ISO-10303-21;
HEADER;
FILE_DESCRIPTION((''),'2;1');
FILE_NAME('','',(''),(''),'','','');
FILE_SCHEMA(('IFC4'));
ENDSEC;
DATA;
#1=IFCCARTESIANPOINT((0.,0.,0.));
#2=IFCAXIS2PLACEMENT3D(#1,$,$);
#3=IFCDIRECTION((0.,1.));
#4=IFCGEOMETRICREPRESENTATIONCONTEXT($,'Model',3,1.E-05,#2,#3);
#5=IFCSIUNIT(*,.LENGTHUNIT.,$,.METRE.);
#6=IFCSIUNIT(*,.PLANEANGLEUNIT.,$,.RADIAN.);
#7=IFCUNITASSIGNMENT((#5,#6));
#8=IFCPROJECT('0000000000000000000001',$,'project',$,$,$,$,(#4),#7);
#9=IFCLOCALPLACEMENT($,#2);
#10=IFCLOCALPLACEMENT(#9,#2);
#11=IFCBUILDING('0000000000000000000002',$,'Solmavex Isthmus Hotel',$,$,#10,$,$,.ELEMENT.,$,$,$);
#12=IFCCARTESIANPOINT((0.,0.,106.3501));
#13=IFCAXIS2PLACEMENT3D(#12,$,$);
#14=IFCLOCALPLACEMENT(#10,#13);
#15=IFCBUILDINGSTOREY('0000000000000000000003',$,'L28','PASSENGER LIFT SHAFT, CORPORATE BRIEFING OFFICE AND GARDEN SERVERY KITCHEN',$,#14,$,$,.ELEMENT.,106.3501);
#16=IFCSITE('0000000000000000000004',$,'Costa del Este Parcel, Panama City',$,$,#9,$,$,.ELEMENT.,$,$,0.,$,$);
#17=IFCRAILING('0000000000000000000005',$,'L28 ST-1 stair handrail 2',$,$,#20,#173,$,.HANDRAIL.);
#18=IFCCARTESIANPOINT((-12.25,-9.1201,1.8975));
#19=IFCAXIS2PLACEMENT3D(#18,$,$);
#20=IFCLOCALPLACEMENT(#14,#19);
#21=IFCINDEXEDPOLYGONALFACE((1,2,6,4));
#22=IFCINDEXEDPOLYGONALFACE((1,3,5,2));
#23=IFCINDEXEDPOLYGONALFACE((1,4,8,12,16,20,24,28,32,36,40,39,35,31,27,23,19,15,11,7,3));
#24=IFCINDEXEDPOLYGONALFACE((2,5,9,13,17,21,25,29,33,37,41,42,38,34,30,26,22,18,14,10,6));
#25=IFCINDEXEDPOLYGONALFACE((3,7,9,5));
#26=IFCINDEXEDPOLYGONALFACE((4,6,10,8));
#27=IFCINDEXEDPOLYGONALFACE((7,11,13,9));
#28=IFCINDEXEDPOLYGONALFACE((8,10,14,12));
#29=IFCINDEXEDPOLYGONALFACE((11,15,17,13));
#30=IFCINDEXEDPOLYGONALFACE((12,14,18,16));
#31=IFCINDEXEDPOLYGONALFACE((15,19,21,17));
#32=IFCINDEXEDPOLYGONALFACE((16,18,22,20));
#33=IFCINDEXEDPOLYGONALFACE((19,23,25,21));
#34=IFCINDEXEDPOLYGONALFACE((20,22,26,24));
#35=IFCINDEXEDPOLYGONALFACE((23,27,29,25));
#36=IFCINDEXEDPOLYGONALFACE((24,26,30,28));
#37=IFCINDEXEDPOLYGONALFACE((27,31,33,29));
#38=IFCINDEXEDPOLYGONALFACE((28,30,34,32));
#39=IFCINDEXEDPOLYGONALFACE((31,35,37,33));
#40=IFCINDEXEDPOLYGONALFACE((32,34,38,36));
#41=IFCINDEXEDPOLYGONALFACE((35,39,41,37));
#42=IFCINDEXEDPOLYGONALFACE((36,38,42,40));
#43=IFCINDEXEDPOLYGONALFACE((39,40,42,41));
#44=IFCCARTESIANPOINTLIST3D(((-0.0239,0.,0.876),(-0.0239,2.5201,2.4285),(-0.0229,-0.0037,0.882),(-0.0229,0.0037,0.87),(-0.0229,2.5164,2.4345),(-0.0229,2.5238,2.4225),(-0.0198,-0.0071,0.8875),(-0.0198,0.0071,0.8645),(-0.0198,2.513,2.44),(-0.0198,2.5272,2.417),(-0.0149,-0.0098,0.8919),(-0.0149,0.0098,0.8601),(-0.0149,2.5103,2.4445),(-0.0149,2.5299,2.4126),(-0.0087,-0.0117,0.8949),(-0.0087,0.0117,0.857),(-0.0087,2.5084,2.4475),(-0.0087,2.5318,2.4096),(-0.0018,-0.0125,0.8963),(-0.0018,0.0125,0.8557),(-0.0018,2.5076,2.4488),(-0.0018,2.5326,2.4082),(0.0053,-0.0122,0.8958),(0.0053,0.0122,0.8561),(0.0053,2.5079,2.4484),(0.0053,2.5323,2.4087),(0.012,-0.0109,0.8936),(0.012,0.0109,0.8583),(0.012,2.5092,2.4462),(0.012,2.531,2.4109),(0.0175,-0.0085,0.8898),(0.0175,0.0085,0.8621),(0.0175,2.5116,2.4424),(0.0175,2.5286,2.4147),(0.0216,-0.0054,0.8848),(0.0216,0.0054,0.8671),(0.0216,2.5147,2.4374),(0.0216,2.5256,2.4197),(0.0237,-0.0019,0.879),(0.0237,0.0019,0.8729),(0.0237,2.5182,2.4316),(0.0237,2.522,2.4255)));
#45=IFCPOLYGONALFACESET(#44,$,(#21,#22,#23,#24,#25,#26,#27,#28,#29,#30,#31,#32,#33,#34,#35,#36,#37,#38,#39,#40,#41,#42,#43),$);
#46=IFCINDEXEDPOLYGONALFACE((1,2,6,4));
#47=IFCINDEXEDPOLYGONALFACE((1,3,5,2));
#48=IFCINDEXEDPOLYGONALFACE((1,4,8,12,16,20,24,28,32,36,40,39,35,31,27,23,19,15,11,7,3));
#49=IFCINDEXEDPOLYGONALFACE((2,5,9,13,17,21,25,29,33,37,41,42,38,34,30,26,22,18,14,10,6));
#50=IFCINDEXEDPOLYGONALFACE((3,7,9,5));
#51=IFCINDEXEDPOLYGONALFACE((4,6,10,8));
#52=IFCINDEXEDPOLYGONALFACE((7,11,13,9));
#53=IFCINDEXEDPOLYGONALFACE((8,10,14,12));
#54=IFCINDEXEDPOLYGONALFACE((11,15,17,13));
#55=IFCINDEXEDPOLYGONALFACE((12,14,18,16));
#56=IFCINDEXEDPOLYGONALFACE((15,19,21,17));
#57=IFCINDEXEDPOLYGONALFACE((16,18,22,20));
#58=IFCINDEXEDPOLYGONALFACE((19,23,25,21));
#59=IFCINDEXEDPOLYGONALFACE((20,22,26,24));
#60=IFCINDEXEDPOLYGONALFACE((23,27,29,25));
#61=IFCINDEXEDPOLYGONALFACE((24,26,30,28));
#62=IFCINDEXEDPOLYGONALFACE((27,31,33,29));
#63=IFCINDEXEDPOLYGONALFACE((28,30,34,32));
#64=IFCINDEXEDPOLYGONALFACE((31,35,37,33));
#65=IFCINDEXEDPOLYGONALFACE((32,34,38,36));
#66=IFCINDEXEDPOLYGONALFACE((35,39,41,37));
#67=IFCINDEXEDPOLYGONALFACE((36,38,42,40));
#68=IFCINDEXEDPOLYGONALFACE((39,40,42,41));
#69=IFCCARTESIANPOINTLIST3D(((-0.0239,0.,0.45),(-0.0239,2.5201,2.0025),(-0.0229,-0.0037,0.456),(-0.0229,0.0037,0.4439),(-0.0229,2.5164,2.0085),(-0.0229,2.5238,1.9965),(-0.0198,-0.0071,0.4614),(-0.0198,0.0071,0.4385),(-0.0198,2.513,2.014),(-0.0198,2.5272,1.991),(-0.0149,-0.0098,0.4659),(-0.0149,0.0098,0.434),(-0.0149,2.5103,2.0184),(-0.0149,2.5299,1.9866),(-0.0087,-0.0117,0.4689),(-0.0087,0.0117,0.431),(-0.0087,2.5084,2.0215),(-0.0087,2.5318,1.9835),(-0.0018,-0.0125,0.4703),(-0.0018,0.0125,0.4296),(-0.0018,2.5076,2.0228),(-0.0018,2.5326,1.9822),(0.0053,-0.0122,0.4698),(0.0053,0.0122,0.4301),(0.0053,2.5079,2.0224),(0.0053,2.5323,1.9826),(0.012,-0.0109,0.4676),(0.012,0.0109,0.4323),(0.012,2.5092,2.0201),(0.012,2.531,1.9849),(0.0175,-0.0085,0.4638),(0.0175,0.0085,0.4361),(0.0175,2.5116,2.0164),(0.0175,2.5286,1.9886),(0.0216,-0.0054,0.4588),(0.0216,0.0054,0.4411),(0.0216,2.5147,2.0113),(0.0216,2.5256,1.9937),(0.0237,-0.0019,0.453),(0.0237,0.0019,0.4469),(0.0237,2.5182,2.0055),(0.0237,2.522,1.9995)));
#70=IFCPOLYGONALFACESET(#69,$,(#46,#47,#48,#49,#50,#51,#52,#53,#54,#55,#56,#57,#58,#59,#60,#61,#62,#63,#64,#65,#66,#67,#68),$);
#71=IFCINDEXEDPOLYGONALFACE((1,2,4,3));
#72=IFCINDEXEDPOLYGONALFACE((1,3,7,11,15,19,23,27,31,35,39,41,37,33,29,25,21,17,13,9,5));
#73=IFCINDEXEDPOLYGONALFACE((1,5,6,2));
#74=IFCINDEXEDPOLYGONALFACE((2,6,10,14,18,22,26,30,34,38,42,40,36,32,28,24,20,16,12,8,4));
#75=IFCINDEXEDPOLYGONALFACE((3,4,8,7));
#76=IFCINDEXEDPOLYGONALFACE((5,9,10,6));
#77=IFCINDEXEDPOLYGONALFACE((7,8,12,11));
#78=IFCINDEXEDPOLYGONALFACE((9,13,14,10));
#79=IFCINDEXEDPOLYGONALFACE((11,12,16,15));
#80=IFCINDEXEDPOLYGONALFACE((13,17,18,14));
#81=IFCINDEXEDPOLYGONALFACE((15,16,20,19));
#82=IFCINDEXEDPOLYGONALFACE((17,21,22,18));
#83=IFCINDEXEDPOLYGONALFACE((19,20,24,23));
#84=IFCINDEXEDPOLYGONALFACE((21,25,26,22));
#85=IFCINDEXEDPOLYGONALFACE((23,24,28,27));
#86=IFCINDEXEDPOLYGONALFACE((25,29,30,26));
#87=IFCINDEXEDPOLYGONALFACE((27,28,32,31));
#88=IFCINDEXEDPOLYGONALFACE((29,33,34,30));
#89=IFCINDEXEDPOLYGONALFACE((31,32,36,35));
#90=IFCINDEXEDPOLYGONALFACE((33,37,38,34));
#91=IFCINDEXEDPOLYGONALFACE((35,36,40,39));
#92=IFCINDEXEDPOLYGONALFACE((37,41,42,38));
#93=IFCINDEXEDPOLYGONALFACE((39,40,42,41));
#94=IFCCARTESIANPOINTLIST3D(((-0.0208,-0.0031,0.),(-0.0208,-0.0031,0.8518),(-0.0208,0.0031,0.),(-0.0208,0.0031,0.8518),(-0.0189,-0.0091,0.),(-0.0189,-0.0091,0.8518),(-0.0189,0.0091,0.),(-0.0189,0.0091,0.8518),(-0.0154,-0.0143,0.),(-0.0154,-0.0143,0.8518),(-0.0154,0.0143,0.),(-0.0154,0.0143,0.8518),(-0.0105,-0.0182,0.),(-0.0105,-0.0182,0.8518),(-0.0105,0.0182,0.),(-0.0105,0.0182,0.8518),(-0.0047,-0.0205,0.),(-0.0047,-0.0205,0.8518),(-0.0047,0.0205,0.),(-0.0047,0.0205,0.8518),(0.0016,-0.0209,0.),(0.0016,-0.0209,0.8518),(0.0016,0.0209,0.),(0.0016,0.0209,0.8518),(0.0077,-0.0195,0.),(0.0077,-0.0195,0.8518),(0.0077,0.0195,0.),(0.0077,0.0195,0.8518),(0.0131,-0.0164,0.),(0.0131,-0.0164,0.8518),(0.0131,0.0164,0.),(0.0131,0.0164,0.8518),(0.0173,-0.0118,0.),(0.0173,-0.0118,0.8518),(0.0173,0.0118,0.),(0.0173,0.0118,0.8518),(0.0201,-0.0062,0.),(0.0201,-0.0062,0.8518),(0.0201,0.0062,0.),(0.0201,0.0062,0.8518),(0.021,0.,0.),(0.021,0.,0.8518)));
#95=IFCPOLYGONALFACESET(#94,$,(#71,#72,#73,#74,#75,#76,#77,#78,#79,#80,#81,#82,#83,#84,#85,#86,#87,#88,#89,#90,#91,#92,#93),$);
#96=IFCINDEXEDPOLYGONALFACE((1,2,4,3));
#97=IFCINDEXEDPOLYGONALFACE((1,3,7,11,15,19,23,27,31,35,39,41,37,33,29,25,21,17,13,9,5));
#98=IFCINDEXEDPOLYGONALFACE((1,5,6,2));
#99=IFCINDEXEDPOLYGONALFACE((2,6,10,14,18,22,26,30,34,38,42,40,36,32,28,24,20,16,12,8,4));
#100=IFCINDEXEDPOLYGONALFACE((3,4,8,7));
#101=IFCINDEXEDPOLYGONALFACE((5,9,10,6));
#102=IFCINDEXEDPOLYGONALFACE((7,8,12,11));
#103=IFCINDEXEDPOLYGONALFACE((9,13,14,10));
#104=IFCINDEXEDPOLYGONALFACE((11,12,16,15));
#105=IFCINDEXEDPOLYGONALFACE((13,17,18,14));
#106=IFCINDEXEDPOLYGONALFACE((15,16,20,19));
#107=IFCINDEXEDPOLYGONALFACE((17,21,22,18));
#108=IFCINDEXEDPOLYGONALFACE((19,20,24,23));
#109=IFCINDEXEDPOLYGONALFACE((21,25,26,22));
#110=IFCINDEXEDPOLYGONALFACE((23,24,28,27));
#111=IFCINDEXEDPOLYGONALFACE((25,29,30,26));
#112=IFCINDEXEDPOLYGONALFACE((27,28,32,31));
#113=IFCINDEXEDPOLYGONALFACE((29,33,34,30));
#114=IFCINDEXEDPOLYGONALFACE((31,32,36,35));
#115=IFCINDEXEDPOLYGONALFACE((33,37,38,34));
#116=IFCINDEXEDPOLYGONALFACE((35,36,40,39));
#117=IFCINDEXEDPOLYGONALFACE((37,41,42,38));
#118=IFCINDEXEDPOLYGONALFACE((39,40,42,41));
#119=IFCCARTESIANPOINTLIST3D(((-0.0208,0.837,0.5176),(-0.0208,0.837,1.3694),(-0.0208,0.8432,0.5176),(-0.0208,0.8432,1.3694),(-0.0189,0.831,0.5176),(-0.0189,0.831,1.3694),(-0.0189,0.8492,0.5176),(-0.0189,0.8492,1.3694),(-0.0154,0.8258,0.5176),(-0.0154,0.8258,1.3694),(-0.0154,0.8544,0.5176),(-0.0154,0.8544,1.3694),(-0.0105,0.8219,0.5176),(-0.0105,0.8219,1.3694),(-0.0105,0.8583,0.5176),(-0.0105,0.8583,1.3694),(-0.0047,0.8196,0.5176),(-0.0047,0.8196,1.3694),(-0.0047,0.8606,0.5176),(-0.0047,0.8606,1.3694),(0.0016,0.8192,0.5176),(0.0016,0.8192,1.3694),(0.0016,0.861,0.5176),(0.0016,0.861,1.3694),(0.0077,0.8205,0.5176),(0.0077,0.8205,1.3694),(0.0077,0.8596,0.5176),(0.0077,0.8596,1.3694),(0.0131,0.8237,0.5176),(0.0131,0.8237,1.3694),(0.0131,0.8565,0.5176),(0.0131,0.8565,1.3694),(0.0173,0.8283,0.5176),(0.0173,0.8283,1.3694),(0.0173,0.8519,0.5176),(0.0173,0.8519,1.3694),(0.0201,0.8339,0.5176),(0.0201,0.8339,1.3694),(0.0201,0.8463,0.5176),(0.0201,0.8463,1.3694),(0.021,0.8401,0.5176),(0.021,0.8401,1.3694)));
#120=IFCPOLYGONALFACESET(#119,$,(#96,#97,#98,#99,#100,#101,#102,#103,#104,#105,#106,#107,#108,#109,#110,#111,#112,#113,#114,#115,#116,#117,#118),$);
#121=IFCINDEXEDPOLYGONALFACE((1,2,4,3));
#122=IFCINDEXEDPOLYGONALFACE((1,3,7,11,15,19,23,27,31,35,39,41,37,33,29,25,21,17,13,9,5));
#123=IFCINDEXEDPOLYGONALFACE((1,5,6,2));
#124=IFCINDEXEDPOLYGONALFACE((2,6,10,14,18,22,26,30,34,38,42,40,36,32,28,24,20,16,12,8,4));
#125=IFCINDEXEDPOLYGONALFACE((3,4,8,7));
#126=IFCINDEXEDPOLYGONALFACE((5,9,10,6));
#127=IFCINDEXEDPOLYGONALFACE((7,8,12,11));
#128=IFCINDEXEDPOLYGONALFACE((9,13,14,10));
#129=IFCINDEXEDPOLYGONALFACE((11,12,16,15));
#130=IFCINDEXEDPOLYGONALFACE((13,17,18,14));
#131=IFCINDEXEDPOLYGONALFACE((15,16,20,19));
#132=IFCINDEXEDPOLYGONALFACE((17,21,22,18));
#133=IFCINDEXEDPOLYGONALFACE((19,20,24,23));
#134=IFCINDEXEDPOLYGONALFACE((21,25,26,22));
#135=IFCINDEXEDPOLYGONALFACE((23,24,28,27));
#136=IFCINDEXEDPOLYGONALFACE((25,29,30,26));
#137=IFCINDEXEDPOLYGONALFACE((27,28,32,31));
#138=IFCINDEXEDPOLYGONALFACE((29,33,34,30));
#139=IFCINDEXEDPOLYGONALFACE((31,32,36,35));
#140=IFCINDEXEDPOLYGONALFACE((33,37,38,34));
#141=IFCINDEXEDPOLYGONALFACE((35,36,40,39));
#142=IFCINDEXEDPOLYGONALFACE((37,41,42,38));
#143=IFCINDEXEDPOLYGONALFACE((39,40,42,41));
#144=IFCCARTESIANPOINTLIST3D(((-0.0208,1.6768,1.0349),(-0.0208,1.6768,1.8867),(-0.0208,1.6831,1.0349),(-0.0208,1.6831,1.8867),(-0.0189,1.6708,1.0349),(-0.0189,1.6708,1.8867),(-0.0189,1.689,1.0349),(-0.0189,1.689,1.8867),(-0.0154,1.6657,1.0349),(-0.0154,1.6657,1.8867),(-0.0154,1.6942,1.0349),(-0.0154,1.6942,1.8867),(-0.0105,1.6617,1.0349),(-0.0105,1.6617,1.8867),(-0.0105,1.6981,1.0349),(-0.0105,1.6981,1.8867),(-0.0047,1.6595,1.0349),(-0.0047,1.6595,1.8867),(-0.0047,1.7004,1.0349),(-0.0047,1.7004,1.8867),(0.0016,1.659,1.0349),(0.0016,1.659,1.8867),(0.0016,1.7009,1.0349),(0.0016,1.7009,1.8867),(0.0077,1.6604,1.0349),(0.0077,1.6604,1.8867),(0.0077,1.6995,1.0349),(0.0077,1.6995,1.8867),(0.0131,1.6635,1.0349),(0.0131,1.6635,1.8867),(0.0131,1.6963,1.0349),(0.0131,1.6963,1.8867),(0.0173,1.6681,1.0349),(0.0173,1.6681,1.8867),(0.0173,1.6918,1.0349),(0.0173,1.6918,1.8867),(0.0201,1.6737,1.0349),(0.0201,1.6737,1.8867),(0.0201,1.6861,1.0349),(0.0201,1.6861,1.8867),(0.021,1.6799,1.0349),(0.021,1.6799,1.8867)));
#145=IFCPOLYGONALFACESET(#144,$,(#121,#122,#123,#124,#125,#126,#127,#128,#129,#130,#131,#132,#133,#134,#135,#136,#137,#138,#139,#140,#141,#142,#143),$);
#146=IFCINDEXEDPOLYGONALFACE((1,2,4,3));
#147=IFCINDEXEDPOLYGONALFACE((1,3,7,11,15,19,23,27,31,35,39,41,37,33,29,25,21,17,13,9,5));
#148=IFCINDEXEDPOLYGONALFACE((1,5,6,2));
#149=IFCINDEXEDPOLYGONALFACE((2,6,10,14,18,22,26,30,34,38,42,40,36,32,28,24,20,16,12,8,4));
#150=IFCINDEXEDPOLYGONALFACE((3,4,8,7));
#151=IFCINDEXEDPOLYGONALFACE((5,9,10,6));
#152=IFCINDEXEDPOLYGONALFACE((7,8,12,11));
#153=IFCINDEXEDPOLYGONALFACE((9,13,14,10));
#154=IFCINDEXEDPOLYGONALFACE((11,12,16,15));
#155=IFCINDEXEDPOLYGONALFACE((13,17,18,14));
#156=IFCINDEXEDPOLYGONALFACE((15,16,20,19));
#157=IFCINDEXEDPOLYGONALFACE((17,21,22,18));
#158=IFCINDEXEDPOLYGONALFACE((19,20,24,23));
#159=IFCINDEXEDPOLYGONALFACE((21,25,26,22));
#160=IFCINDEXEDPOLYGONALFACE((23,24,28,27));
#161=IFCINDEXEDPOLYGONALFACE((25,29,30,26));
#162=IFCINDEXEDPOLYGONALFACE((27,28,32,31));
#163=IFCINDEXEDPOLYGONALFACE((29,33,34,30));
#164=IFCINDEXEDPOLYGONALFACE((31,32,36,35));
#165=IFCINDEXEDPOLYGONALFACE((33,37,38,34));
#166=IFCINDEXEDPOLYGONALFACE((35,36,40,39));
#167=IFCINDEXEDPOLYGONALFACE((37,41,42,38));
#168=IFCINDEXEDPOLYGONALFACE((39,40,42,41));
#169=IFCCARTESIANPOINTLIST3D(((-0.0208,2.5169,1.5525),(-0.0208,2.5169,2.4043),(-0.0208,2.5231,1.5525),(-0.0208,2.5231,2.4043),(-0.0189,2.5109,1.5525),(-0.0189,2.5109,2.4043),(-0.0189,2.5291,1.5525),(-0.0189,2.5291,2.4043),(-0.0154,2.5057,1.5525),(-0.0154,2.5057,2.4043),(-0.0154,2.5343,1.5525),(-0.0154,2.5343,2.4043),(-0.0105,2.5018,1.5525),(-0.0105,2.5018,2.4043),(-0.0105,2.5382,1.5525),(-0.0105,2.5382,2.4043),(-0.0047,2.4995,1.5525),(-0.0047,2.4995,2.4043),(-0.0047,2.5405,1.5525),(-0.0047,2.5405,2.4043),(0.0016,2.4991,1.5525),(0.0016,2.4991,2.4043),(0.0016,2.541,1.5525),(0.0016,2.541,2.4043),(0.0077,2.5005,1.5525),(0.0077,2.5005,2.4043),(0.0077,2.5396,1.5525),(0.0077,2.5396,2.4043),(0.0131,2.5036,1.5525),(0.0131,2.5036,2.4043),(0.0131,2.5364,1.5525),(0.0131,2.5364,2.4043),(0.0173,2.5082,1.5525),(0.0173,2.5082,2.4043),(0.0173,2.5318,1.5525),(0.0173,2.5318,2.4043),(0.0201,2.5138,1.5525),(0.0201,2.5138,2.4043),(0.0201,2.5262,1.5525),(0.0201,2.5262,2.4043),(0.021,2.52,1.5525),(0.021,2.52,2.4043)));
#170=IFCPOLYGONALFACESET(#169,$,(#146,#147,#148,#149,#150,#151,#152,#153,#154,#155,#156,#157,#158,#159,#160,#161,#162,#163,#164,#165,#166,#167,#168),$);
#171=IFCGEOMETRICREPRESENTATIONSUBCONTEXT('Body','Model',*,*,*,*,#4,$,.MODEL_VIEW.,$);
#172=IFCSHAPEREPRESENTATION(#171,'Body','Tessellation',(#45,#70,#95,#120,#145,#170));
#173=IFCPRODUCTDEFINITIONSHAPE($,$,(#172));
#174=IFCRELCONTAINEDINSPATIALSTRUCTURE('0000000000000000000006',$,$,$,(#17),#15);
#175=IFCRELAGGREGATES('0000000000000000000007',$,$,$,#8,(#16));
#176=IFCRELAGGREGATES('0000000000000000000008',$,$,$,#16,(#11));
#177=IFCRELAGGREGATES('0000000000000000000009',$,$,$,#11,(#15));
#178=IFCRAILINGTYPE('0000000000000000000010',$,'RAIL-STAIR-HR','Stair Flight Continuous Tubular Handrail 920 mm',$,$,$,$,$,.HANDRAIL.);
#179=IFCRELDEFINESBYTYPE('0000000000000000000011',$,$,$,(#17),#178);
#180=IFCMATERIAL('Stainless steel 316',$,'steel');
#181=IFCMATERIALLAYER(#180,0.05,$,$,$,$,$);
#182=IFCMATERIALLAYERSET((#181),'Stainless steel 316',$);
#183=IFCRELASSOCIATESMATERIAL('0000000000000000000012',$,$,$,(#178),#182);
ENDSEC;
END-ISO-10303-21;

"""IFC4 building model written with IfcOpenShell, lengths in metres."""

from ifc_helpers import new_model, si_unit, direction, frame, origin, origin_2d, place, context, subcontext, project, spatial, circle, extrude, material, layer, layer_set, type_object, element, save


model = new_model("IFC4")

# Units and contexts
model_context = context("Model", 3, precision=1e-05, world=origin(), true_north=direction((0.0, 1.0)))
body_context = subcontext(model_context, "Body", "Model", "MODEL_VIEW")
ifc_project = project(units=[si_unit("LENGTHUNIT", "METRE"), si_unit("PLANEANGLEUNIT", "RADIAN")], contexts=[model_context])

# Site, building, storey
site_placement = place(None, origin())
site = spatial("IfcSite", under=ifc_project, at=site_placement, Name="Costa del Este Parcel, Panama City", CompositionType="ELEMENT", RefElevation=0.0)
building_placement = place(site_placement, origin())
building = spatial("IfcBuilding", under=site, at=building_placement, Name="Solmavex Isthmus Hotel", CompositionType="ELEMENT")
storey_placement = place(building_placement, frame((0.0, 0.0, 106.3501)))
storey = spatial("IfcBuildingStorey", under=building, at=storey_placement, Name="L28", Description="PASSENGER LIFT SHAFT, CORPORATE BRIEFING OFFICE AND GARDEN SERVERY KITCHEN", CompositionType="ELEMENT", Elevation=106.3501)

# Shared definitions
ifc_material_1 = material(Name="Stainless steel 316", Category="steel")

# Railing
ifc_layer_1 = layer(ifc_material_1, 0.05)
ifc_layer_set_1 = layer_set([ifc_layer_1], Name="Stainless steel 316")
railing_type_1 = type_object("IfcRailingType", Name="RAIL-STAIR-HR", Description="Stair Flight Continuous Tubular Handrail 920 mm", PredefinedType="HANDRAIL", material=ifc_layer_set_1)
railing_1_placement = place(storey_placement, frame((-12.25, -9.1201, 1.8975)))
element("IfcRailing", 1, at=railing_1_placement, inside=storey, type_object=railing_type_1, Name="L28 ST-1 stair handrail 2", PredefinedType="HANDRAIL", context=body_context, shape_type="SweptSolid", body=[
    extrude(circle(Radius=0.0239, at=origin_2d()), frame((0.0, 0.0, 0.876), z_axis=(0.0, 0.8514, 0.524516), x_axis=(-1.0, 0.0, 0.0)), (0.0, 0.0, 1.0), 2.96),
    extrude(circle(Radius=0.0239, at=origin_2d()), frame((0.0, 0.0, 0.45), z_axis=(0.0, 0.8514, 0.524516), x_axis=(-1.0, 0.0, 0.0)), (0.0, 0.0, 1.0), 2.96),
    extrude(circle(Radius=0.021, at=origin_2d()), origin(), (0.0, 0.0, 1.0), 0.8518),
    extrude(circle(Radius=0.021, at=origin_2d()), frame((0.0, 0.8401, 0.5176)), (0.0, 0.0, 1.0), 0.8518),
    extrude(circle(Radius=0.021, at=origin_2d()), frame((0.0, 1.6799, 1.0349)), (0.0, 0.0, 1.0), 0.8518),
    extrude(circle(Radius=0.021, at=origin_2d()), frame((0.0, 2.52, 1.5525)), (0.0, 0.0, 1.0), 0.8518),
])

save(model, "model.ifc")
